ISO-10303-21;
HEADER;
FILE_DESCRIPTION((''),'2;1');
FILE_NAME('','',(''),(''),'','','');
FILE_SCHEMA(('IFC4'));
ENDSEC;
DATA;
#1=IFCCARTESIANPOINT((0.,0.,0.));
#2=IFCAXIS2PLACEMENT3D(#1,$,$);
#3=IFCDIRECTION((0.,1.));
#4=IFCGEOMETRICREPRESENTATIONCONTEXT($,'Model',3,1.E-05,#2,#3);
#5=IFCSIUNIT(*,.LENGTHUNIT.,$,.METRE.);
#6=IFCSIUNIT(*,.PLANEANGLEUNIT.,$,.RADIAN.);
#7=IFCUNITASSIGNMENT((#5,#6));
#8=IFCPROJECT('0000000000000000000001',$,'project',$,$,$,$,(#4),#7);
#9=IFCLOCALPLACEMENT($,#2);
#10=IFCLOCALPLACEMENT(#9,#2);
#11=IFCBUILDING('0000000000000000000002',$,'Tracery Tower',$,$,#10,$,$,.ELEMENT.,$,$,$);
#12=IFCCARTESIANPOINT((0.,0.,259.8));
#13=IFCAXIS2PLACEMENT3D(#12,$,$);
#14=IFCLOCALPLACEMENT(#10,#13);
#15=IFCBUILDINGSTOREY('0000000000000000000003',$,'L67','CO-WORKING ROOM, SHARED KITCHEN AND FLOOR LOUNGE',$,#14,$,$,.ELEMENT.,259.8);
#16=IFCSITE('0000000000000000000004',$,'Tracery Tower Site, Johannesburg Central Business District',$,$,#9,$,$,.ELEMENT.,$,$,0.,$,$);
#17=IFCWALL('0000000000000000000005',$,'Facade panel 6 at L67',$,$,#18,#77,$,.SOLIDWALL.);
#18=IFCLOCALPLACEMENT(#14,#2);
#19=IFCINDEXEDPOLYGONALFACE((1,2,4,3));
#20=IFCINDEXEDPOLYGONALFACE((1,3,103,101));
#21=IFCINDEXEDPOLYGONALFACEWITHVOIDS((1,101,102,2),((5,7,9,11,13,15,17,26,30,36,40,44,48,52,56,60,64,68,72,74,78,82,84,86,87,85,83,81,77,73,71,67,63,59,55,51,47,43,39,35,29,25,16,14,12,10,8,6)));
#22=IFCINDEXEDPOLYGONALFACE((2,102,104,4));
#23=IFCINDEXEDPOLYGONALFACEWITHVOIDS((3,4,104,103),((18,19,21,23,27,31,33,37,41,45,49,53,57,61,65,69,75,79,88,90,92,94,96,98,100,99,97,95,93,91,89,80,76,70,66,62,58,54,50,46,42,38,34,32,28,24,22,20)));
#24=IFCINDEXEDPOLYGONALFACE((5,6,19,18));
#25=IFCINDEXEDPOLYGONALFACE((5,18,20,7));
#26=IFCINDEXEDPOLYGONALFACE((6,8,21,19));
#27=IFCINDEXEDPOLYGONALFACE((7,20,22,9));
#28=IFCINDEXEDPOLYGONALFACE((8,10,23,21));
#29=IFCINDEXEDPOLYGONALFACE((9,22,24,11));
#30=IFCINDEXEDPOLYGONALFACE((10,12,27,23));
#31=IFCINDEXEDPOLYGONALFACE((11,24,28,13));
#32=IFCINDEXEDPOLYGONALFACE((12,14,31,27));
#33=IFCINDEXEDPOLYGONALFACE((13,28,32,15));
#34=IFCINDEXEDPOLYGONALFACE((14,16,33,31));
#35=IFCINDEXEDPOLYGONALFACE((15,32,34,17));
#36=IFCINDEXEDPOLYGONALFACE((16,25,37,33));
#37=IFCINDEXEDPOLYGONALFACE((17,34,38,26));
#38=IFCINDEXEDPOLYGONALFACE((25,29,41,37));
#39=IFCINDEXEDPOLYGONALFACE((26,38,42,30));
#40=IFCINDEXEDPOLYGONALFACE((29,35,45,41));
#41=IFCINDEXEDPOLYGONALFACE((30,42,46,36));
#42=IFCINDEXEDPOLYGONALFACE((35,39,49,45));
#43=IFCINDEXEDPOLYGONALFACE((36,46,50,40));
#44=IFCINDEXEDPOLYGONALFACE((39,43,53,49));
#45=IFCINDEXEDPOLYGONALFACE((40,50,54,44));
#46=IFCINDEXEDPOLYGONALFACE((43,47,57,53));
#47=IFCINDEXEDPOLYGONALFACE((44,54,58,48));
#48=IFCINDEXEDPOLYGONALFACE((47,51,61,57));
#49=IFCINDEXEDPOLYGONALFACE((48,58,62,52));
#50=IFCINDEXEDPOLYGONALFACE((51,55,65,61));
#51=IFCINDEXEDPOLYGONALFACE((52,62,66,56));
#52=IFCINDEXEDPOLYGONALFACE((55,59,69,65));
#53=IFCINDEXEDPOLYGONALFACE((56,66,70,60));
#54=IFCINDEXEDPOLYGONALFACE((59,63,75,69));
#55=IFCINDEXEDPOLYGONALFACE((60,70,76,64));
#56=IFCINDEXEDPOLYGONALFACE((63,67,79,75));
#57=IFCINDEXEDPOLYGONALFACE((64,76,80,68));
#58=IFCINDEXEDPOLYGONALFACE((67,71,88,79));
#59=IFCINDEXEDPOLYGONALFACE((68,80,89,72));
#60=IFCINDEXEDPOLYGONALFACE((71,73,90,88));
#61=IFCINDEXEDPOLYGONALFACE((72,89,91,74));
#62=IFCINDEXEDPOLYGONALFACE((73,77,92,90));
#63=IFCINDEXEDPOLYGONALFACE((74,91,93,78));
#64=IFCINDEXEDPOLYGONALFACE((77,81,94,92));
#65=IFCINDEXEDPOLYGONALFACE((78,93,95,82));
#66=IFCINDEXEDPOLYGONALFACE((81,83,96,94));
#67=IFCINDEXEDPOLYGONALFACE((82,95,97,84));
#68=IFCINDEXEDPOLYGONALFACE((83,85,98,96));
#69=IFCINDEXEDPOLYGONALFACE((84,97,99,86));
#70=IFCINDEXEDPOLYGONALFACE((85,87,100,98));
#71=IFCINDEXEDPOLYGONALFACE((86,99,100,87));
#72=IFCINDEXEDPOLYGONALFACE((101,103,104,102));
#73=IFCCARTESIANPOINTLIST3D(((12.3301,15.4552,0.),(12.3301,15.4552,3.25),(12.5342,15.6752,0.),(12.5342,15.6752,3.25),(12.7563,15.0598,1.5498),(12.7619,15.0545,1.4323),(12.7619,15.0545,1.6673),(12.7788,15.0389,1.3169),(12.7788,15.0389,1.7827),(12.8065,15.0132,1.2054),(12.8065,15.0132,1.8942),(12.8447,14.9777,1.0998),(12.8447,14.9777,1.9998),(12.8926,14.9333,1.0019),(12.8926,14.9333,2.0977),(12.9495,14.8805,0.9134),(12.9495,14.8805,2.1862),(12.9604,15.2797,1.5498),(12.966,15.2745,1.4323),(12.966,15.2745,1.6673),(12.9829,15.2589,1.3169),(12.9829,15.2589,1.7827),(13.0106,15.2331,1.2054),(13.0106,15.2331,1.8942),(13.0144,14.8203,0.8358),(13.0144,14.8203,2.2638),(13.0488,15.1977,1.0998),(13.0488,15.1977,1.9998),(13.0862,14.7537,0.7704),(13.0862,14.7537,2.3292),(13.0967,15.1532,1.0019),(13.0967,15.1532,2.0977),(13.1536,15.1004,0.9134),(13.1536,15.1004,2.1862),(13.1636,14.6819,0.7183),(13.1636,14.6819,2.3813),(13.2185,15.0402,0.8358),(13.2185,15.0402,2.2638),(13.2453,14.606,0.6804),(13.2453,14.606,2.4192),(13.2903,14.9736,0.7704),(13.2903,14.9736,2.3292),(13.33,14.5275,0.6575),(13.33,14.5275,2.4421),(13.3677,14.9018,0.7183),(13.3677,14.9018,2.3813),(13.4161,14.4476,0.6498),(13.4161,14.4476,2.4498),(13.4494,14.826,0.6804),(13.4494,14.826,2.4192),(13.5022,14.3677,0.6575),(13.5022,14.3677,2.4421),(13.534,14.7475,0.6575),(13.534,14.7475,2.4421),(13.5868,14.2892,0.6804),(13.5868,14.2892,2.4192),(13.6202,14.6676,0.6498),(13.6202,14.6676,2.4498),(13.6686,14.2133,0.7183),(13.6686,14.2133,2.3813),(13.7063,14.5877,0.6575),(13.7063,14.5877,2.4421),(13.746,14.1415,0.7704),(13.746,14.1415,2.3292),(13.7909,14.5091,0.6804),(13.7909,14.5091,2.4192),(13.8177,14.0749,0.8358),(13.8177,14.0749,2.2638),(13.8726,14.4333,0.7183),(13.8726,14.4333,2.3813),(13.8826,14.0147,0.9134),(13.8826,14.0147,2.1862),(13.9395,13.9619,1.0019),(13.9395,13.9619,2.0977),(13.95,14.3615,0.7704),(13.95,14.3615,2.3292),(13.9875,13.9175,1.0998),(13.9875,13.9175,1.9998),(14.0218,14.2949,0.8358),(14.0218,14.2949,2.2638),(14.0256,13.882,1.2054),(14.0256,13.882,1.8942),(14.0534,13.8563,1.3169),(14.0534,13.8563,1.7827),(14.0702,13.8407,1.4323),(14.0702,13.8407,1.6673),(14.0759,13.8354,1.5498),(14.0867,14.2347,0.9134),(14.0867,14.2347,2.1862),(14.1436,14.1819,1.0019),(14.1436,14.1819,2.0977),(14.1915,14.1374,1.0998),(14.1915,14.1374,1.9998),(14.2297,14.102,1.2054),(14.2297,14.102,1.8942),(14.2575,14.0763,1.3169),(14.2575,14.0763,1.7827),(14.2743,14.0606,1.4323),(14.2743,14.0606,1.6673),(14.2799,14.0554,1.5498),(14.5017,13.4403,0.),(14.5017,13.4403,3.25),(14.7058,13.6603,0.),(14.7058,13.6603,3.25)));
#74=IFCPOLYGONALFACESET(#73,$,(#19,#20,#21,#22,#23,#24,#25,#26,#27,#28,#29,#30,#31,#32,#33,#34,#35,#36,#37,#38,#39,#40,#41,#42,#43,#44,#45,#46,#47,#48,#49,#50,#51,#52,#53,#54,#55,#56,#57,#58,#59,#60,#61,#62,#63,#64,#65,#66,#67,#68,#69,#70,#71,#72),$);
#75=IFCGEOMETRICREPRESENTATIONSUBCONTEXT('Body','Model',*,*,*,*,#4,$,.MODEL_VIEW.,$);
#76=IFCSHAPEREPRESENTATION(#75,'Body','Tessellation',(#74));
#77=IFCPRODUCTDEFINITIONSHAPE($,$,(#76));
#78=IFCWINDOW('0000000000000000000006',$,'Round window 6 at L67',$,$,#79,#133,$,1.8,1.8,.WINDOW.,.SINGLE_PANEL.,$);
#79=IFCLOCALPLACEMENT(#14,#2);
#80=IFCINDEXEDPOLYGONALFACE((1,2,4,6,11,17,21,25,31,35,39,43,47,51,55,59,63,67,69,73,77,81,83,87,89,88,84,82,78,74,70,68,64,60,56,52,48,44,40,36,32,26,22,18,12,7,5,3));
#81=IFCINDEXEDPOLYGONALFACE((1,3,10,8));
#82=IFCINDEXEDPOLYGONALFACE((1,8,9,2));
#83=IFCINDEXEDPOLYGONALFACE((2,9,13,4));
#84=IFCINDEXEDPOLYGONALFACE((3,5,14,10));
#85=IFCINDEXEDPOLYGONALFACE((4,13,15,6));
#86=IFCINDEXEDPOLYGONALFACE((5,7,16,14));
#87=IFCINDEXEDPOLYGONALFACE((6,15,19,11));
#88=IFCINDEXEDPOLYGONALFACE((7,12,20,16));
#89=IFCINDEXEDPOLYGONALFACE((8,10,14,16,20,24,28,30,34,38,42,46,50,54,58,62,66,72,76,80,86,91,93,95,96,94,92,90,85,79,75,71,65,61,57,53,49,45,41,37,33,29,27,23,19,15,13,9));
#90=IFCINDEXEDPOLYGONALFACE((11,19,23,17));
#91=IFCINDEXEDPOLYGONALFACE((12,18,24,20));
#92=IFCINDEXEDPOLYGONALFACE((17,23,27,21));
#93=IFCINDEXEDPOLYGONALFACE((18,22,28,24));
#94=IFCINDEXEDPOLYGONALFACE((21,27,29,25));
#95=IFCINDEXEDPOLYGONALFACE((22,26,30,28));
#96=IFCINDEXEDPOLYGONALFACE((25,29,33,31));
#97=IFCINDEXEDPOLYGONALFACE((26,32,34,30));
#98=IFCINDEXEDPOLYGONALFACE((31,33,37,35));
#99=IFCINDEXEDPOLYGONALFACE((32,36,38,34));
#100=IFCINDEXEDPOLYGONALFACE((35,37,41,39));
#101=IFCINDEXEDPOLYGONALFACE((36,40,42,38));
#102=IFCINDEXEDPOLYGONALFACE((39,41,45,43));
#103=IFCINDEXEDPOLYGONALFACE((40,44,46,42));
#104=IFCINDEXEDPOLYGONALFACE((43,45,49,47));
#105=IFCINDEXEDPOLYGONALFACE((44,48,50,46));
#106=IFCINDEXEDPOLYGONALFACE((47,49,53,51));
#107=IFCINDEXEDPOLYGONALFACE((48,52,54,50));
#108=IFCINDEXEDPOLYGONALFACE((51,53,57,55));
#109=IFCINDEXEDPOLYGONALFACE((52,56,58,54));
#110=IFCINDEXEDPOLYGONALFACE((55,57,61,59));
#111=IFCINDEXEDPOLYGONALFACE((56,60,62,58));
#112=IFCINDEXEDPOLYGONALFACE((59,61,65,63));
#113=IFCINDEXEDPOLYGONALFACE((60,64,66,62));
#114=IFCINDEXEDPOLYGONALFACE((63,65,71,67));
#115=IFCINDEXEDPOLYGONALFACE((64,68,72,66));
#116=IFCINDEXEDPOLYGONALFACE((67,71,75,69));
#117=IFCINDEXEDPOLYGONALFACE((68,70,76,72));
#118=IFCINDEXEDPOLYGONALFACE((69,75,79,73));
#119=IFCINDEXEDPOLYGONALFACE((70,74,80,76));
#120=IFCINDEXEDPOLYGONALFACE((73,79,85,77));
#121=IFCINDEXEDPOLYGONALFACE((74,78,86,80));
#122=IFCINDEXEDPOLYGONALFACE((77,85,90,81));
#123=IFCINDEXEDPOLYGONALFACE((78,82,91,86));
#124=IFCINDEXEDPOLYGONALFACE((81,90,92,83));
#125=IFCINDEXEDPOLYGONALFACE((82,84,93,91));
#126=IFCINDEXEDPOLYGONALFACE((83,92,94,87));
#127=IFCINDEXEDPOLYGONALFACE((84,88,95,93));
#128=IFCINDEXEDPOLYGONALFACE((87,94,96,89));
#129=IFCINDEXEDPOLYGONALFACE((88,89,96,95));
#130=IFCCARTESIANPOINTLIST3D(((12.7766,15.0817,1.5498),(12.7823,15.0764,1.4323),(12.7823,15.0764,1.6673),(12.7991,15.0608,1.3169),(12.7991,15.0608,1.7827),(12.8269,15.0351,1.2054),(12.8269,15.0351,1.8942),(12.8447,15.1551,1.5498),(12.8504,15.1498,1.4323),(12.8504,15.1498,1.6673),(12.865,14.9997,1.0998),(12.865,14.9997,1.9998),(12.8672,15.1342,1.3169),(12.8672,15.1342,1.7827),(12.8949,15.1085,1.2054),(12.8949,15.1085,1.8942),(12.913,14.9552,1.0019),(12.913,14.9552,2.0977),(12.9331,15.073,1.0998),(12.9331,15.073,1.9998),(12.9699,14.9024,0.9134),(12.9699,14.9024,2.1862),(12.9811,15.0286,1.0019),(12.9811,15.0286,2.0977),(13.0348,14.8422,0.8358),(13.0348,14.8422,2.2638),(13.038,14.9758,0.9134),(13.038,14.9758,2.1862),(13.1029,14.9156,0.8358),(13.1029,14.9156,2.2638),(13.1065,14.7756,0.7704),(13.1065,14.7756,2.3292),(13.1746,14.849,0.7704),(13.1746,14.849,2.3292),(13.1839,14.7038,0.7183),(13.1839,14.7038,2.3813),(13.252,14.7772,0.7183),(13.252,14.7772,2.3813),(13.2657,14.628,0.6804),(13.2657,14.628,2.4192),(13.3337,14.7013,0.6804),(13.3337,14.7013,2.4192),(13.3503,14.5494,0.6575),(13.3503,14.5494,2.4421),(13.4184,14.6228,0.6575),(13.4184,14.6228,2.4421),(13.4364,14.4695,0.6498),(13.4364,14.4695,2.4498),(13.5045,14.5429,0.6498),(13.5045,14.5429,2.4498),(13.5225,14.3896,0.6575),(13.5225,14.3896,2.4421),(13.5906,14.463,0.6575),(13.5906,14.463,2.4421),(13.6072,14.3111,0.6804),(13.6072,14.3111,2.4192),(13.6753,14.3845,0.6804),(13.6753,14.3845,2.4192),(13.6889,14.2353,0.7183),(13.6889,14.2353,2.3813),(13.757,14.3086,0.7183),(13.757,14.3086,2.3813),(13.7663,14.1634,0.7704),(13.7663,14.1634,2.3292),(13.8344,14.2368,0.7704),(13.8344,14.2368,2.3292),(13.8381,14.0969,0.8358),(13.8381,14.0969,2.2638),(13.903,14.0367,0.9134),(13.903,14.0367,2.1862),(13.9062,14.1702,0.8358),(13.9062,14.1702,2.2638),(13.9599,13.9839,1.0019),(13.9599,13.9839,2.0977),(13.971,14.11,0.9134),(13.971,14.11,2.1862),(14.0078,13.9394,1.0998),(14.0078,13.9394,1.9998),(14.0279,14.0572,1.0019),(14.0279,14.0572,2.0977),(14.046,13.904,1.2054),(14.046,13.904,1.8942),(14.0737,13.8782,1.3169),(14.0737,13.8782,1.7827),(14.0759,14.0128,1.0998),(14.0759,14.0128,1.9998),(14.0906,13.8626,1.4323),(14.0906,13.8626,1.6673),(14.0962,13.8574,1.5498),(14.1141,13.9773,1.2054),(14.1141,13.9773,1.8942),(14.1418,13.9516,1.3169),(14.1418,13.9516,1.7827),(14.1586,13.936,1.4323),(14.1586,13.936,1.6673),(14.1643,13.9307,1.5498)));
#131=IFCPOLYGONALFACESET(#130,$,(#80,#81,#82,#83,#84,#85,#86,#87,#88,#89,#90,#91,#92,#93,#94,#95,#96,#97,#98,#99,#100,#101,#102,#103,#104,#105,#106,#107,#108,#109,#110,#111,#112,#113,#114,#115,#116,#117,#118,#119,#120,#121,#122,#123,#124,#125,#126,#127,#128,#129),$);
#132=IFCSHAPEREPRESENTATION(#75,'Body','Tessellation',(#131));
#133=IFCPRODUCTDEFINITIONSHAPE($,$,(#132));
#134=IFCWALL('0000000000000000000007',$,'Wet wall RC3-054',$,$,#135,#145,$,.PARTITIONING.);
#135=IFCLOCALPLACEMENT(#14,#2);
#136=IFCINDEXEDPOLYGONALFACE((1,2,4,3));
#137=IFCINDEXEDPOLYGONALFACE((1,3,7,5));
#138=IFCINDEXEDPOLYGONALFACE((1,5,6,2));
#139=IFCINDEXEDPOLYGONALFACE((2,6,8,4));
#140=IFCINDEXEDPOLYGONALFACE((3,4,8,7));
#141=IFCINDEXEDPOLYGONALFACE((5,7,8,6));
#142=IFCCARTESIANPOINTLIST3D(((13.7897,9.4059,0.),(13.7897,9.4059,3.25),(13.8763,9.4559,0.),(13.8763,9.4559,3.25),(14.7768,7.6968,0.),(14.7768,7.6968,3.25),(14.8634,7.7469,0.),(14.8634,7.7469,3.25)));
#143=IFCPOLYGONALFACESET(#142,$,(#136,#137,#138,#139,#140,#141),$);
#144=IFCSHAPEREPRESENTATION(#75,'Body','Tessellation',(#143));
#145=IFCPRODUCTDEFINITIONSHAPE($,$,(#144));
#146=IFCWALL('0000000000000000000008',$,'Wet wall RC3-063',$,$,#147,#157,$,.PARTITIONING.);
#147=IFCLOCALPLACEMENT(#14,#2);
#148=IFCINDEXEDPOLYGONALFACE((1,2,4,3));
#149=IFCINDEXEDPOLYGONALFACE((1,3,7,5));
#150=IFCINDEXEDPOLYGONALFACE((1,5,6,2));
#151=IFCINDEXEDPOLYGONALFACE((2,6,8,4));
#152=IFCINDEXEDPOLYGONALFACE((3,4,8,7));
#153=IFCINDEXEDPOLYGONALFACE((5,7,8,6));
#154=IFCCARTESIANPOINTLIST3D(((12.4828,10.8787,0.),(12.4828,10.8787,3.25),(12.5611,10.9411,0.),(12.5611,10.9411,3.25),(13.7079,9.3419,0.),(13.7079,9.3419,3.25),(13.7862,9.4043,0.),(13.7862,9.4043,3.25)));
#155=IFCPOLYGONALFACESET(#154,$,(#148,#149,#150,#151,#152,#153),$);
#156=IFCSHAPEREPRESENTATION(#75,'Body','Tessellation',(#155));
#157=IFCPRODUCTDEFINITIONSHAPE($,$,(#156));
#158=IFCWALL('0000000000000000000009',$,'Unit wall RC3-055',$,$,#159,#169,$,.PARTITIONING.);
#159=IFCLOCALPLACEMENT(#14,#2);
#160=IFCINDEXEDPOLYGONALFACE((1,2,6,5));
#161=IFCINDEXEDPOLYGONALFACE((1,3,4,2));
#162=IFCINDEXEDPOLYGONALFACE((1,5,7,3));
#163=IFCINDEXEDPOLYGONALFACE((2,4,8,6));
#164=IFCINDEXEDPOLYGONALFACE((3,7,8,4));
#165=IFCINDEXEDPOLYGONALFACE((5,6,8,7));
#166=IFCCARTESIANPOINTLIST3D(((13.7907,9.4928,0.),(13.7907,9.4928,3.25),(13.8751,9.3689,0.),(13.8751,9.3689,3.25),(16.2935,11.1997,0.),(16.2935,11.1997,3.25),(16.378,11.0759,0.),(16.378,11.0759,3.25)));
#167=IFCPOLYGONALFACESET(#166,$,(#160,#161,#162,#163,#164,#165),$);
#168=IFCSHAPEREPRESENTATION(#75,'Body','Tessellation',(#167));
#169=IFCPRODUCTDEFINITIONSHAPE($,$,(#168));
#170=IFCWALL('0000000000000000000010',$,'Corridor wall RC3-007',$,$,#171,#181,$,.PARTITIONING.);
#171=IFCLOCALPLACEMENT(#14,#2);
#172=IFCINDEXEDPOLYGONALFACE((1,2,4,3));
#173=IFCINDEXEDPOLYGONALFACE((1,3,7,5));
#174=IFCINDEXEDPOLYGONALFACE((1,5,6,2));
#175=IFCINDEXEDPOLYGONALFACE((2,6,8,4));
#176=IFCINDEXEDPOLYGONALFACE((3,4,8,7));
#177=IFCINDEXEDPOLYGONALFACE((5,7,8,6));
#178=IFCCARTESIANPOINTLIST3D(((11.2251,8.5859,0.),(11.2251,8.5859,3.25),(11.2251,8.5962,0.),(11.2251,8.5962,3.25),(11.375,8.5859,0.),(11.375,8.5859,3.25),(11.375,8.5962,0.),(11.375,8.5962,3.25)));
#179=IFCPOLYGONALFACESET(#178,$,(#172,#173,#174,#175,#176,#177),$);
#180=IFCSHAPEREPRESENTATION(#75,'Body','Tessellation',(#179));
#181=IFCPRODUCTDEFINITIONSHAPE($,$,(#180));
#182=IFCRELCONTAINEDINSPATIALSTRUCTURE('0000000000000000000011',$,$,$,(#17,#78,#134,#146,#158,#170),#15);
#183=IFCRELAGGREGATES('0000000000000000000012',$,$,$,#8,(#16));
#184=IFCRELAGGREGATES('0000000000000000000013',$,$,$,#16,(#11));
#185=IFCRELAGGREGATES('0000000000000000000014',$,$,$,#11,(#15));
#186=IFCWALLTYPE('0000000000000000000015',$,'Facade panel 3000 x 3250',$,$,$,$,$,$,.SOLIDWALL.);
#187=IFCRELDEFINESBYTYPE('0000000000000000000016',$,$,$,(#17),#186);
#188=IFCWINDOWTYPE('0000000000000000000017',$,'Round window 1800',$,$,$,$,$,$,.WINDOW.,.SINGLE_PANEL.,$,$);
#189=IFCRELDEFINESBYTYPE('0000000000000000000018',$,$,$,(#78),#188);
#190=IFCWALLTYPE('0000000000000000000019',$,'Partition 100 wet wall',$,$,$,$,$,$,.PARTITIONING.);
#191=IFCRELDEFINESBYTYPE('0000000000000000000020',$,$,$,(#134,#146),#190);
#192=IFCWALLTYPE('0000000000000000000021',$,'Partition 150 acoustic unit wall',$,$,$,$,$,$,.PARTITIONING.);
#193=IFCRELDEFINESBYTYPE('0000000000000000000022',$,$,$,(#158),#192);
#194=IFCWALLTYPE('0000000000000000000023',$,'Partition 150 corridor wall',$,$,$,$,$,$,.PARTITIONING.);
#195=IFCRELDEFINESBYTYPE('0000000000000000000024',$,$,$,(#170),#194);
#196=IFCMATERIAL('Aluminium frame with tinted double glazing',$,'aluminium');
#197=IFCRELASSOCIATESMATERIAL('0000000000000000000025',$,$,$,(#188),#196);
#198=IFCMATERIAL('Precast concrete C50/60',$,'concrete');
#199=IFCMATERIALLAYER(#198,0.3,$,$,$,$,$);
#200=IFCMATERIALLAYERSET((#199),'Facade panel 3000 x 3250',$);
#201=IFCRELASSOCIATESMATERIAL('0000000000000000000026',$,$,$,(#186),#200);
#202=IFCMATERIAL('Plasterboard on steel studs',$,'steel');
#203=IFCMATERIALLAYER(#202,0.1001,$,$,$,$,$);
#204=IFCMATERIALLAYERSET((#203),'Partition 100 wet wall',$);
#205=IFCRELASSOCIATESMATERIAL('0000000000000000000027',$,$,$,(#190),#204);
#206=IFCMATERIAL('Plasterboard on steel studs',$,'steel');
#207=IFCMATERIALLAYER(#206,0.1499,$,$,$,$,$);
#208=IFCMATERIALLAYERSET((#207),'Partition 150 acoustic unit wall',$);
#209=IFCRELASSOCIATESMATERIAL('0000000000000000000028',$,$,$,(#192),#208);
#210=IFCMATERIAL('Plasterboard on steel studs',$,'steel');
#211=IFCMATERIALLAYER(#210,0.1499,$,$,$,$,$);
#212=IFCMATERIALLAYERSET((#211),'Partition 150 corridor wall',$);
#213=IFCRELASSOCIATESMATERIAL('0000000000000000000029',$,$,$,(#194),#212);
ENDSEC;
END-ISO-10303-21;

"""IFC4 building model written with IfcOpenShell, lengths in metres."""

from ifc_helpers import new_model, si_unit, direction, frame, frame_2d, origin, origin_2d, place, context, subcontext, project, spatial, rectangle, circle, extrude, material, layer, layer_set, type_object, element, fill, save


model = new_model("IFC4")

# Units and contexts
model_context = context("Model", 3, precision=1e-05, world=origin(), true_north=direction((0.0, 1.0)))
body_context = subcontext(model_context, "Body", "Model", "MODEL_VIEW")
ifc_project = project(units=[si_unit("LENGTHUNIT", "METRE"), si_unit("PLANEANGLEUNIT", "RADIAN")], contexts=[model_context])

# Site, building, storey
site_placement = place(None, origin())
site = spatial("IfcSite", under=ifc_project, at=site_placement, Name="Tracery Tower Site, Johannesburg Central Business District", CompositionType="ELEMENT", RefElevation=0.0)
building_placement = place(site_placement, origin())
building = spatial("IfcBuilding", under=site, at=building_placement, Name="Tracery Tower", CompositionType="ELEMENT")
storey_placement = place(building_placement, frame((0.0, 0.0, 259.8)))
storey = spatial("IfcBuildingStorey", under=building, at=storey_placement, Name="L67", Description="CO-WORKING ROOM, SHARED KITCHEN AND FLOOR LOUNGE", CompositionType="ELEMENT", Elevation=259.8)

# Wall, opening, window
ifc_material_1 = material(Name="Aluminium frame with tinted double glazing", Category="aluminium")
window_type = type_object("IfcWindowType", Name="Round window 1800", PartitioningType="SINGLE_PANEL", PredefinedType="WINDOW", material=ifc_material_1)
ifc_material_2 = material(Name="Precast concrete C50/60", Category="concrete")
ifc_layer_1 = layer(ifc_material_2, 0.3)
ifc_layer_set_1 = layer_set([ifc_layer_1], Name="Facade panel 3000 x 3250")
wall_type_1 = type_object("IfcWallType", Name="Facade panel 3000 x 3250", PredefinedType="SOLIDWALL", material=ifc_layer_set_1)
wall_1_placement = place(storey_placement, frame((14.6038, 13.5503, 0.0), z_axis=(0.0, 0.0, 1.0), x_axis=(-0.733066, 0.680157, 0.0)))
wall_1 = element("IfcWall", 1, at=wall_1_placement, inside=storey, type_object=wall_type_1, Name="Facade panel 6 at L67", PredefinedType="SOLIDWALL", context=body_context, shape_type="SweptSolid", body=[
    extrude(rectangle(XDim=2.9624, YDim=0.3, at=frame_2d((1.4812, 0.0))), origin(), (0.0, 0.0, 1.0), 3.25),
])
opening_1_placement = place(wall_1_placement, frame((1.481, 0.0, 1.5498)))
opening_1 = element("IfcOpeningElement", 2, at=opening_1_placement, cuts=wall_1, PredefinedType="OPENING", context=body_context, shape_type="SweptSolid", body=[
    extrude(circle(Radius=0.9, at=origin_2d()), frame((0.0, 0.1599, 0.0), z_axis=(0.0, -1.0, 0.0), x_axis=(1.0, 0.0, 0.0)), (0.0, 0.0, 1.0), 0.3201),
])
window_1_placement = place(opening_1_placement, origin())
window_1 = element("IfcWindow", 3, at=window_1_placement, inside=storey, type_object=window_type, Name="Round window 6 at L67", OverallHeight=1.8, OverallWidth=1.8, PartitioningType="SINGLE_PANEL", PredefinedType="WINDOW", context=body_context, shape_type="SweptSolid", body=[
    extrude(circle(Radius=0.9, at=origin_2d()), frame((0.0, 0.1201, 0.0), z_axis=(0.0, -1.0, 0.0), x_axis=(1.0, 0.0, 0.0)), (0.0, 0.0, 1.0), 0.1001),
])
fill(opening_1, window_1)

# Walls
ifc_material_3 = material(Name="Plasterboard on steel studs", Category="steel")
ifc_layer_2 = layer(ifc_material_3, 0.1001)
ifc_layer_set_2 = layer_set([ifc_layer_2], Name="Partition 100 wet wall")
wall_type_2 = type_object("IfcWallType", Name="Partition 100 wet wall", PredefinedType="PARTITIONING", material=ifc_layer_set_2)
wall_2_placement = place(storey_placement, frame((13.833, 9.4309, 0.0), z_axis=(0.0, 0.0, 1.0), x_axis=(0.500144, -0.865942, 0.0)))
element("IfcWall", 4, at=wall_2_placement, inside=storey, type_object=wall_type_2, Name="Wet wall RC3-054", PredefinedType="PARTITIONING", context=body_context, shape_type="SweptSolid", body=[
    extrude(rectangle(XDim=1.9736, YDim=0.1001, at=frame_2d((0.9868, 0.0))), origin(), (0.0, 0.0, 1.0), 3.25),
])
wall_3_placement = place(storey_placement, frame((12.522, 10.9099, 0.0), z_axis=(0.0, 0.0, 1.0), x_axis=(0.623331, -0.781958, 0.0)))
element("IfcWall", 5, at=wall_3_placement, inside=storey, type_object=wall_type_2, Name="Wet wall RC3-063", PredefinedType="PARTITIONING", context=body_context, shape_type="SweptSolid", body=[
    extrude(rectangle(XDim=1.9653, YDim=0.1001, at=frame_2d((0.9827, 0.0))), origin(), (0.0, 0.0, 1.0), 3.25),
])
ifc_material_4 = material(Name="Plasterboard on steel studs", Category="steel")
ifc_layer_3 = layer(ifc_material_4, 0.1499)
ifc_layer_set_3 = layer_set([ifc_layer_3], Name="Partition 150 acoustic unit wall")
wall_type_3 = type_object("IfcWallType", Name="Partition 150 acoustic unit wall", PredefinedType="PARTITIONING", material=ifc_layer_set_3)
wall_4_placement = place(storey_placement, frame((13.833, 9.4309, 0.0), z_axis=(0.0, 0.0, 1.0), x_axis=(0.826152, 0.563447, 0.0)))
element("IfcWall", 6, at=wall_4_placement, inside=storey, type_object=wall_type_3, Name="Unit wall RC3-055", PredefinedType="PARTITIONING", context=body_context, shape_type="SweptSolid", body=[
    extrude(rectangle(XDim=3.0295, YDim=0.1499, at=frame_2d((1.5146, 0.0))), origin(), (0.0, 0.0, 1.0), 3.25),
])
ifc_material_5 = material(Name="Plasterboard on steel studs", Category="steel")
ifc_layer_4 = layer(ifc_material_5, 0.1499)
ifc_layer_set_4 = layer_set([ifc_layer_4], Name="Partition 150 corridor wall")
wall_type_4 = type_object("IfcWallType", Name="Partition 150 corridor wall", PredefinedType="PARTITIONING", material=ifc_layer_set_4)
wall_5_placement = place(storey_placement, frame((11.3, 8.5859, 0.0), z_axis=(0.0, 0.0, 1.0), x_axis=(0.0, 1.0, 0.0)))
element("IfcWall", 7, at=wall_5_placement, inside=storey, type_object=wall_type_4, Name="Corridor wall RC3-007", PredefinedType="PARTITIONING", context=body_context, shape_type="SweptSolid", body=[
    extrude(rectangle(XDim=0.0103, YDim=0.1499, at=frame_2d((0.0051, 0.0))), origin(), (0.0, 0.0, 1.0), 3.25),
])

save(model, "model.ifc")
